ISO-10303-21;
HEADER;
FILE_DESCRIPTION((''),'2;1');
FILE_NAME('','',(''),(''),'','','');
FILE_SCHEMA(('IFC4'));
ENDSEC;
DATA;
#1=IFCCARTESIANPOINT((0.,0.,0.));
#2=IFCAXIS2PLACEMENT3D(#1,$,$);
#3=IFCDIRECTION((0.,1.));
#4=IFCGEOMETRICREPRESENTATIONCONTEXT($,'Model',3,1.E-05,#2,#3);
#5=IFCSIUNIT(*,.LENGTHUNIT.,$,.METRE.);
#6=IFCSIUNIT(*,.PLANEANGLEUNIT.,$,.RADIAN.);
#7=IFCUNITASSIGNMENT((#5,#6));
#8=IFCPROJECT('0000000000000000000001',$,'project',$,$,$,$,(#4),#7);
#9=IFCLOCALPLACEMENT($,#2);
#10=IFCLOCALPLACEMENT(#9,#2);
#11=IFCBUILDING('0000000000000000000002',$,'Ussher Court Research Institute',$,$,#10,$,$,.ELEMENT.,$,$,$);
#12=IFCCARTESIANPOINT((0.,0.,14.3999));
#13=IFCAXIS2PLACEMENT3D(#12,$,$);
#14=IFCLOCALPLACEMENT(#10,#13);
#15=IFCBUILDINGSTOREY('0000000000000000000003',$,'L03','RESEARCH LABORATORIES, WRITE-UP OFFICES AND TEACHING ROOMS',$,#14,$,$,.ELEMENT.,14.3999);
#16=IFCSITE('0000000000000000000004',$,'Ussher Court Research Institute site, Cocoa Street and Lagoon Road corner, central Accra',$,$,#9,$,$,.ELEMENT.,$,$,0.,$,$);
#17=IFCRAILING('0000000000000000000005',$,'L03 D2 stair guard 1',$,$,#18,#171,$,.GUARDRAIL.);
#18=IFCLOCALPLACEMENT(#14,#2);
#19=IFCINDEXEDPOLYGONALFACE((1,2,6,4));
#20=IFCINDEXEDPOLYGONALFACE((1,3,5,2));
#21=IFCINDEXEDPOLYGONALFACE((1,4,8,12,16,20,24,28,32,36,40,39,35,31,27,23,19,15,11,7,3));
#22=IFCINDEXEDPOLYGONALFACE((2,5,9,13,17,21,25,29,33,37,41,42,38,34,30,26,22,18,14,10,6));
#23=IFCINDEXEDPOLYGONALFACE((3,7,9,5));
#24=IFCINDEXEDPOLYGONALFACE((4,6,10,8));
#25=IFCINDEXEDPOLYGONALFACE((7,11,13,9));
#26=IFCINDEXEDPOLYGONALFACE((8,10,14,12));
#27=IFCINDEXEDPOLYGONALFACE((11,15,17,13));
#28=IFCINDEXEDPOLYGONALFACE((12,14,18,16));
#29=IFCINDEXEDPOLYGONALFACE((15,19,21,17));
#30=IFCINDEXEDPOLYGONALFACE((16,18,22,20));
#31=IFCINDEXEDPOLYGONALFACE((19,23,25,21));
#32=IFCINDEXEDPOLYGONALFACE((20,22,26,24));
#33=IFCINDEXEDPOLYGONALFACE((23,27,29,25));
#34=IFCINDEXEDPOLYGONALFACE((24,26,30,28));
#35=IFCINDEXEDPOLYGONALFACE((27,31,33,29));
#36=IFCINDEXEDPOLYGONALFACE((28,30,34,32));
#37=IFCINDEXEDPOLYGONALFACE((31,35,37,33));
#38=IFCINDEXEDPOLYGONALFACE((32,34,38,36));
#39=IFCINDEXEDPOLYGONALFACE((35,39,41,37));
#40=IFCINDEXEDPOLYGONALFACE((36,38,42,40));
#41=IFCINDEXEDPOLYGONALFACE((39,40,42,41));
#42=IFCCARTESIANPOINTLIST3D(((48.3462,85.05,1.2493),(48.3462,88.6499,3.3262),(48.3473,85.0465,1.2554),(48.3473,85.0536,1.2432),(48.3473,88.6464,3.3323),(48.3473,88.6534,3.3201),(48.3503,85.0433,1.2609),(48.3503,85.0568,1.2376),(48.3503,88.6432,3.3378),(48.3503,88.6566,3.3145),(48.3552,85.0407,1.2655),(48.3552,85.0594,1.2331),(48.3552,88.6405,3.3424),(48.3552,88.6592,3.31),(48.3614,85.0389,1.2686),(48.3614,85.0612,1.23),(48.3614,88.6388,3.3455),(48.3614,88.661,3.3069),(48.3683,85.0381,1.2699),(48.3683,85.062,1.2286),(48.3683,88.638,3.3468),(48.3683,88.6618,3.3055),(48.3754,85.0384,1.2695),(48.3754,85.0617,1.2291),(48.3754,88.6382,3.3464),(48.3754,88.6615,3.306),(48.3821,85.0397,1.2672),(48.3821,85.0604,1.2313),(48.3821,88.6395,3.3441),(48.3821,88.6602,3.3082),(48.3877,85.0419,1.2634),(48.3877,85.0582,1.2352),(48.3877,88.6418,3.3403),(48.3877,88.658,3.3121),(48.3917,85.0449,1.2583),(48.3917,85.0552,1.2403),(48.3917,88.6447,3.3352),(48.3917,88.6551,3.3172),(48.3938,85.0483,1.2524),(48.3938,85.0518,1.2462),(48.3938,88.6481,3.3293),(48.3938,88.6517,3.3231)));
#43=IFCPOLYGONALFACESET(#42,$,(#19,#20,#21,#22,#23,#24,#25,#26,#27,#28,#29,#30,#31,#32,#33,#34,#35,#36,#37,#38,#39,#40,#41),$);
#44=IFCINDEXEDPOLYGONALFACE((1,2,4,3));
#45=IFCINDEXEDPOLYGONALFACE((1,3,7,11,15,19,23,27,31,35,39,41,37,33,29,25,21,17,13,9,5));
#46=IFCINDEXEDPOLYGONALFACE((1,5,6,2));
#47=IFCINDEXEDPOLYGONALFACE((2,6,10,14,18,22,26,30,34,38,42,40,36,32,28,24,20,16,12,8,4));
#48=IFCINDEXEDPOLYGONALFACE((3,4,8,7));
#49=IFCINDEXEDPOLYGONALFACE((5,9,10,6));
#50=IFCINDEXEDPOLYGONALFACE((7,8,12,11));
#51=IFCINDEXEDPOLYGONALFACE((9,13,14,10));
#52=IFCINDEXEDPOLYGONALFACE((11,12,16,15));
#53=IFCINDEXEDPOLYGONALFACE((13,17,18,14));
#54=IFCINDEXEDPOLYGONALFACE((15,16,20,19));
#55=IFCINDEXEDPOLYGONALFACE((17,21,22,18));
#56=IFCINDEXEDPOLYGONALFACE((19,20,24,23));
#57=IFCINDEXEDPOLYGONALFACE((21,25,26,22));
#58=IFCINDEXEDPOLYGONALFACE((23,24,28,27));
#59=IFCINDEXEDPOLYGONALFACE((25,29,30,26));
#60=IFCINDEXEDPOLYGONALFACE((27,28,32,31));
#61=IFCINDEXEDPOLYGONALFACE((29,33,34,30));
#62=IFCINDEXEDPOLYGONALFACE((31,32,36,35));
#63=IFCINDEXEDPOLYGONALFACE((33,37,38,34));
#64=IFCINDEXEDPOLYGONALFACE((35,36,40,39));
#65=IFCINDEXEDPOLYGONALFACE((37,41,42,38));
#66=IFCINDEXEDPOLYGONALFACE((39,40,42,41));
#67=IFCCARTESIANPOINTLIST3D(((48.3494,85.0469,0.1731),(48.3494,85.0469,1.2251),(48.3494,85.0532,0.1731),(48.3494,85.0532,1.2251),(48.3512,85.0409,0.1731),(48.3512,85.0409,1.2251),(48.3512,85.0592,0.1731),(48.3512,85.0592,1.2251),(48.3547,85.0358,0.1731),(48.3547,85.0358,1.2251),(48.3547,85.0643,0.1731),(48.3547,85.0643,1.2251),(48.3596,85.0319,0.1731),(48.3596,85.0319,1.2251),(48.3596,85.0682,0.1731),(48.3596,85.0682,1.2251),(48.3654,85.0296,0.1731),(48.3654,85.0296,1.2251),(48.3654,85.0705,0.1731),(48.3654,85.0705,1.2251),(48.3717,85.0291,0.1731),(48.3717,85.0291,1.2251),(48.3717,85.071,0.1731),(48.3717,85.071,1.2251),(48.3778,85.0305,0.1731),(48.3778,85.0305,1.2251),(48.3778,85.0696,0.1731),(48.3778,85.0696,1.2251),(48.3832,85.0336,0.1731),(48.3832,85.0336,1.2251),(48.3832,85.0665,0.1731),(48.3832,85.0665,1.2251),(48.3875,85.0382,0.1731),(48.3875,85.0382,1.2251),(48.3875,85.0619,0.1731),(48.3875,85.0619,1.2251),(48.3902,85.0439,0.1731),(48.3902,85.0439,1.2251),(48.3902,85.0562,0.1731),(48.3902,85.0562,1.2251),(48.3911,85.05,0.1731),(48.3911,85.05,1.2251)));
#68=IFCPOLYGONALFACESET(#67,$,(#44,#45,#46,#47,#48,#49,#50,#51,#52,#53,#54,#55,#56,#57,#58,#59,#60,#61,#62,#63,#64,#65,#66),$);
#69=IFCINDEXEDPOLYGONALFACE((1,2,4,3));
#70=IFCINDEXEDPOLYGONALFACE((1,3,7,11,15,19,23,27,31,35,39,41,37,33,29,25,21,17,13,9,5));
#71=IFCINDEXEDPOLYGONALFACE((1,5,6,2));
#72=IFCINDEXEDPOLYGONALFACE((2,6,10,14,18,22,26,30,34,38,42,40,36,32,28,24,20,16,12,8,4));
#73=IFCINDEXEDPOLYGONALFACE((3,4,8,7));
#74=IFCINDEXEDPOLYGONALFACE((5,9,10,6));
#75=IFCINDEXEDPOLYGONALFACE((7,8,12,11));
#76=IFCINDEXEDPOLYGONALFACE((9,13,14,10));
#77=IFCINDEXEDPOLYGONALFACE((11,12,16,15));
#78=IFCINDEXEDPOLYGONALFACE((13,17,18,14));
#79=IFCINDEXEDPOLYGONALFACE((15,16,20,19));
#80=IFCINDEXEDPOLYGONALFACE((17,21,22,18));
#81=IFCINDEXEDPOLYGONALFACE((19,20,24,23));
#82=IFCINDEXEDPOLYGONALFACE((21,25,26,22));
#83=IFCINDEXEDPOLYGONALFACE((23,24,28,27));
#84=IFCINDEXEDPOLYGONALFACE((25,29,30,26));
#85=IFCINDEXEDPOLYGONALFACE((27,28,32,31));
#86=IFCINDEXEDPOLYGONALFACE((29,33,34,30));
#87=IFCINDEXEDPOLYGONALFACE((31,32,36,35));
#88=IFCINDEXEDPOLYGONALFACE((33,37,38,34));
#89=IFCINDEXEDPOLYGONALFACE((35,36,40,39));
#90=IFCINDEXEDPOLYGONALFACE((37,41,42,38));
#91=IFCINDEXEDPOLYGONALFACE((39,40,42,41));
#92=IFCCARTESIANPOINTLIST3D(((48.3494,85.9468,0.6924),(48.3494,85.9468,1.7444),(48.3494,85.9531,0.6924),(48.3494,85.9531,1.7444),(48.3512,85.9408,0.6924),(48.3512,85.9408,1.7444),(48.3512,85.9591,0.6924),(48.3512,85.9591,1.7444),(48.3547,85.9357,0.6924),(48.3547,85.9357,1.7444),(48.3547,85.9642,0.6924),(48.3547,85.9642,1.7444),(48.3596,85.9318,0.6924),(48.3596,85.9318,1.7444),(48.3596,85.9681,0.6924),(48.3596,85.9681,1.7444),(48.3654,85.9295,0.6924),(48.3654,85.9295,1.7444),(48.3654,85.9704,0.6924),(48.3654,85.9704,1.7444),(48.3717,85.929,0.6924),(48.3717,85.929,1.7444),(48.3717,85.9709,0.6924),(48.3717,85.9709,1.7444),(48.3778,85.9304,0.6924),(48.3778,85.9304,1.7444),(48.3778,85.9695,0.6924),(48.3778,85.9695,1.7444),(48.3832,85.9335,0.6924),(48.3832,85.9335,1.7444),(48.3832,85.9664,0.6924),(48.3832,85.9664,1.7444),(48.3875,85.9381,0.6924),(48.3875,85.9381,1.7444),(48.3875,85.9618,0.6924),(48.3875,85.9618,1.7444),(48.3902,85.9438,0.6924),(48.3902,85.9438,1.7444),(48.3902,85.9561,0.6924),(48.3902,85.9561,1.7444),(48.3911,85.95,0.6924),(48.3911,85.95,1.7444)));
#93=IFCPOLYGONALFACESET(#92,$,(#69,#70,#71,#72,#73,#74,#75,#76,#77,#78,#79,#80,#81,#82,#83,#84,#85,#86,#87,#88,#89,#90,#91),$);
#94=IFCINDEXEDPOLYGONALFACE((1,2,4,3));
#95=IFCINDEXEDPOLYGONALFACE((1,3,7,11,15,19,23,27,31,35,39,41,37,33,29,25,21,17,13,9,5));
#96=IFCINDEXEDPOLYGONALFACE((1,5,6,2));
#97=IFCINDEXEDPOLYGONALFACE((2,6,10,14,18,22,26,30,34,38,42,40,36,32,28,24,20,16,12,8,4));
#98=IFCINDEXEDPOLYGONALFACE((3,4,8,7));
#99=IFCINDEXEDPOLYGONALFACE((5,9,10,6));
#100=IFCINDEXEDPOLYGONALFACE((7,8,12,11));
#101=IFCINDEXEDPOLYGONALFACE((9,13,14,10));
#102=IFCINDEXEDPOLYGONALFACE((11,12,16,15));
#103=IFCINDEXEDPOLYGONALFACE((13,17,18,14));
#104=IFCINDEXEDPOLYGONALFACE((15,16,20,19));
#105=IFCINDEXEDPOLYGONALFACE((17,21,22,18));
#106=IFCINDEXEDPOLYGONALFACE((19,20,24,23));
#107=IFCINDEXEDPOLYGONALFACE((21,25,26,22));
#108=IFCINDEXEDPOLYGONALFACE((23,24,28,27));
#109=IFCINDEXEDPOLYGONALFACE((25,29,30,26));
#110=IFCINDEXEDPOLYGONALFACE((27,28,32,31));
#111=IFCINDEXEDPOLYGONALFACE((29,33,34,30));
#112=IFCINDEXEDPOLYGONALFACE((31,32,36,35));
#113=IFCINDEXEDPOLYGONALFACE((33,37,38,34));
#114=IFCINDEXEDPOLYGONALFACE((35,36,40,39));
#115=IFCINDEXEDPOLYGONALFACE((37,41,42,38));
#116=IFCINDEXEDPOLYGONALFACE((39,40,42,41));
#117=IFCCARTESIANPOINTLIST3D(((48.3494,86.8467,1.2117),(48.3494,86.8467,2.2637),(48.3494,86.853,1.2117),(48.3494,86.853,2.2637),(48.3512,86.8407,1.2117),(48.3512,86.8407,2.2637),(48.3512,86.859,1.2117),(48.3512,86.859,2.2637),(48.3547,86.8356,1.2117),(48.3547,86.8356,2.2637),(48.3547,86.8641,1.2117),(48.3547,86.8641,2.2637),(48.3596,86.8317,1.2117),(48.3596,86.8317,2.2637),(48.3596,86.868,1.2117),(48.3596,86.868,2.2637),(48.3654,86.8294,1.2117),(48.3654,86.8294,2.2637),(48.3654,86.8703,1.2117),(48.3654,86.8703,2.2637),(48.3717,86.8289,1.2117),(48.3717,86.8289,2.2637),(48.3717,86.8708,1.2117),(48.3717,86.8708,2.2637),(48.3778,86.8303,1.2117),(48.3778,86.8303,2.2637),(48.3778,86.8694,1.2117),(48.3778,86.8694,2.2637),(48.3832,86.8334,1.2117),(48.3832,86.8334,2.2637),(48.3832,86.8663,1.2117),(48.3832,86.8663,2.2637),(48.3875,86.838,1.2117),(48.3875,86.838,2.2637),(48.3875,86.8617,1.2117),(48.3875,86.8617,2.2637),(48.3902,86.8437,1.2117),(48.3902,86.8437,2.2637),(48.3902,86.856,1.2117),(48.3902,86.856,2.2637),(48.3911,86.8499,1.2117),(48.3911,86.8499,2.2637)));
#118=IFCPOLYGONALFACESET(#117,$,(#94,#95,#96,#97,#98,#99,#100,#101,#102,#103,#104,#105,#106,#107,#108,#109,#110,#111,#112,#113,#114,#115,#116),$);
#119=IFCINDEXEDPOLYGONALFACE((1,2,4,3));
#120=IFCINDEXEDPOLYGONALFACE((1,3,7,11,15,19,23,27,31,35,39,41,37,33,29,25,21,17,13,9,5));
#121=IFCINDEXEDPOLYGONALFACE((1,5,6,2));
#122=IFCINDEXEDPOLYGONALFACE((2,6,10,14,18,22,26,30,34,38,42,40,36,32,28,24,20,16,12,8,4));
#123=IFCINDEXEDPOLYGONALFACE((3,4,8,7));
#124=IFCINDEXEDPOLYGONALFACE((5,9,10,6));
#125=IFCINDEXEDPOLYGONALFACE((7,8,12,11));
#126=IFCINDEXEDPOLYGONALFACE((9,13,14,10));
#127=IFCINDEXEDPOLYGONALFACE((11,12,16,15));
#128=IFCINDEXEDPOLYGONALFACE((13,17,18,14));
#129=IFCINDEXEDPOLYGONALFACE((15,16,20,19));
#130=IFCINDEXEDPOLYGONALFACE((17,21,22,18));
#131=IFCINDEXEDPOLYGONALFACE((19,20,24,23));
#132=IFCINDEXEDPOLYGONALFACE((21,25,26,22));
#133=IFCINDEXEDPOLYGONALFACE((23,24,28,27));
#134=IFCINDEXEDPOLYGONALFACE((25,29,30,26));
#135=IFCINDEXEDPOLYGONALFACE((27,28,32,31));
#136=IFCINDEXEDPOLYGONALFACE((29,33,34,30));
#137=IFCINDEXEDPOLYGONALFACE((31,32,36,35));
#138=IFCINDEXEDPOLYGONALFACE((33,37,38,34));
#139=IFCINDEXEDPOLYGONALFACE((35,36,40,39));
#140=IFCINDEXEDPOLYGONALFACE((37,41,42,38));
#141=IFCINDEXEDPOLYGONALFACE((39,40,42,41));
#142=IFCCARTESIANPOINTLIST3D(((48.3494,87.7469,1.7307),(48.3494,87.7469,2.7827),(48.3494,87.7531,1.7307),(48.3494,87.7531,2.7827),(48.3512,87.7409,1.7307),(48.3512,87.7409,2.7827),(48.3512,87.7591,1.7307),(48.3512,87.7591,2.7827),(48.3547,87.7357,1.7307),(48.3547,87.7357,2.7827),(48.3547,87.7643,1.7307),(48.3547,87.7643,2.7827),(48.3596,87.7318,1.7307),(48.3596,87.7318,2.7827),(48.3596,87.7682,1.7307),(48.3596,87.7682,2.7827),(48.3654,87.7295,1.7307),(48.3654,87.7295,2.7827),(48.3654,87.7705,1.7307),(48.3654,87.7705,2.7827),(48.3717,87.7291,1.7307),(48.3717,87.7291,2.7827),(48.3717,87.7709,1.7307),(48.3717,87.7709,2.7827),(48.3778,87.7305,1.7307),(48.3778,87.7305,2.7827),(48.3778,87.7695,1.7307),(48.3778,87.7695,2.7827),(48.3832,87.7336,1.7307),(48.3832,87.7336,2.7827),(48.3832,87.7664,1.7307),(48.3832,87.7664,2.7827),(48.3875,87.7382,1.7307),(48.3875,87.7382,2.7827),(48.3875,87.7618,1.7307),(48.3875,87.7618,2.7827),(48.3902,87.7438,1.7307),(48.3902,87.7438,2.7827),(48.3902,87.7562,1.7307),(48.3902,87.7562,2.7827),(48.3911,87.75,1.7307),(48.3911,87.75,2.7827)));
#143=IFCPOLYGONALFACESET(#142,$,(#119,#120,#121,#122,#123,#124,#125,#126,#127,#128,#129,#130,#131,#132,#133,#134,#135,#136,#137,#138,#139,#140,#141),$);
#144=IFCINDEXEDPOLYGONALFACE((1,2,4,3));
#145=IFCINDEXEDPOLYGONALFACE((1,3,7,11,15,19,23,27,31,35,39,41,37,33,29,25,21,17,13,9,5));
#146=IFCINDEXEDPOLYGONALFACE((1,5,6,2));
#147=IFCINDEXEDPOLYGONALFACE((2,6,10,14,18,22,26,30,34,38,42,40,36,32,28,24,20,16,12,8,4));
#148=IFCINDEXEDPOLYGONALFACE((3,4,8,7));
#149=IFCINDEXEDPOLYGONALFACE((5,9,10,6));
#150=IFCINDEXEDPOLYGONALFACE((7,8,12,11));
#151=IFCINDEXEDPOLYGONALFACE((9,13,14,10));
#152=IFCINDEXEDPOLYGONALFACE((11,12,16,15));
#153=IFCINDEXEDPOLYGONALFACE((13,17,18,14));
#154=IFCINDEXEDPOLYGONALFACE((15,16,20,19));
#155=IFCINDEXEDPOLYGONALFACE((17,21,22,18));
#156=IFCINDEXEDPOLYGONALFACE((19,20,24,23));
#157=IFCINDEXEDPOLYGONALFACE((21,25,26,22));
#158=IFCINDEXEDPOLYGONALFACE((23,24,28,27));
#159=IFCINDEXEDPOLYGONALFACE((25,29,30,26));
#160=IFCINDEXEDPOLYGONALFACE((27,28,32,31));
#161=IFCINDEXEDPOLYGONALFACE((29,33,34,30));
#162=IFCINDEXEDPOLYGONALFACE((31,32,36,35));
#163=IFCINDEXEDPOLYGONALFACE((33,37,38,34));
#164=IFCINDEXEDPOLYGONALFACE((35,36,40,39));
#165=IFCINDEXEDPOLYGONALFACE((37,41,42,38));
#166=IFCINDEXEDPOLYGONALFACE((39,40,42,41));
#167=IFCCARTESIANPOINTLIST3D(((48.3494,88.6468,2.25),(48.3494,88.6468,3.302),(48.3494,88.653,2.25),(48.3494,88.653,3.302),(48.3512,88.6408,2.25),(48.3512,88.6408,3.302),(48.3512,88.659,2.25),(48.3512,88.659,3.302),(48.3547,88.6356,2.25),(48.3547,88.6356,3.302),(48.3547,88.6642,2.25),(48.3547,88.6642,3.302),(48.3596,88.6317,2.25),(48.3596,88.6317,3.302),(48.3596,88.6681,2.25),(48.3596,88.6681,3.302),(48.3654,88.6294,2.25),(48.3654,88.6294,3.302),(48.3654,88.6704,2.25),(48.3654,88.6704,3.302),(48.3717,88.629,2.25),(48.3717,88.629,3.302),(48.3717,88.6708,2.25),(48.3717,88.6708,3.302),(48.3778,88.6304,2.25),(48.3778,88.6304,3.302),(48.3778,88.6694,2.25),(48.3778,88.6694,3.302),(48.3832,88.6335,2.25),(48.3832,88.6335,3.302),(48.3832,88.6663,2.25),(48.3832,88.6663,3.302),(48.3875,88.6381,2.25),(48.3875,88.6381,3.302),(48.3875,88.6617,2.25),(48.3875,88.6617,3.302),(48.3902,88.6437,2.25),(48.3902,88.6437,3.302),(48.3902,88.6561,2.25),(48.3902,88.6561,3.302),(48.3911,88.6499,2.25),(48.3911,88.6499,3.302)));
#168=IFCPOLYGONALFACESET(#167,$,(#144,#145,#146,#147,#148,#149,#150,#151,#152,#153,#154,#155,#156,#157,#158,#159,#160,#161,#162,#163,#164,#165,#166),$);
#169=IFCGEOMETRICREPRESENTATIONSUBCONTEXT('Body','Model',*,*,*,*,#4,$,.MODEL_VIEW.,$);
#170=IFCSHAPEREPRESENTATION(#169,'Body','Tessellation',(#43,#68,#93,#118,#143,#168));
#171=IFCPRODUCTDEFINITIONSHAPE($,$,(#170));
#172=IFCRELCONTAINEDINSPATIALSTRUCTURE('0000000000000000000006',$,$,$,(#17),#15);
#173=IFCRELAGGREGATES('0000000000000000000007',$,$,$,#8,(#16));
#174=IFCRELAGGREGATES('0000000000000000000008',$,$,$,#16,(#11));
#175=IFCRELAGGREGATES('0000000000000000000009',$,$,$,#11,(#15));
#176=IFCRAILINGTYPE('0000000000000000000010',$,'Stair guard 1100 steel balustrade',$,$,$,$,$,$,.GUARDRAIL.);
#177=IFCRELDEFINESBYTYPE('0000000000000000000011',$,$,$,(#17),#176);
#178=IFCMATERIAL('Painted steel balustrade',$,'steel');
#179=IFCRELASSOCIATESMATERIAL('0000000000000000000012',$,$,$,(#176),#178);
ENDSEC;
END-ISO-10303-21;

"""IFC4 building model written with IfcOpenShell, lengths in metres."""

from ifc_helpers import new_model, si_unit, direction, frame, origin, origin_2d, place, context, subcontext, project, spatial, circle, extrude, material, type_object, element, save


model = new_model("IFC4")

# Units and contexts
model_context = context("Model", 3, precision=1e-05, world=origin(), true_north=direction((0.0, 1.0)))
body_context = subcontext(model_context, "Body", "Model", "MODEL_VIEW")
ifc_project = project(units=[si_unit("LENGTHUNIT", "METRE"), si_unit("PLANEANGLEUNIT", "RADIAN")], contexts=[model_context])

# Site, building, storey
site_placement = place(None, origin())
site = spatial("IfcSite", under=ifc_project, at=site_placement, Name="Ussher Court Research Institute site, Cocoa Street and Lagoon Road corner, central Accra", CompositionType="ELEMENT", RefElevation=0.0)
building_placement = place(site_placement, origin())
building = spatial("IfcBuilding", under=site, at=building_placement, Name="Ussher Court Research Institute", CompositionType="ELEMENT")
storey_placement = place(building_placement, frame((0.0, 0.0, 14.3999)))
storey = spatial("IfcBuildingStorey", under=building, at=storey_placement, Name="L03", Description="RESEARCH LABORATORIES, WRITE-UP OFFICES AND TEACHING ROOMS", CompositionType="ELEMENT", Elevation=14.3999)

# Railing
ifc_material_1 = material(Name="Painted steel balustrade", Category="steel")
railing_type_1 = type_object("IfcRailingType", Name="Stair guard 1100 steel balustrade", PredefinedType="GUARDRAIL", material=ifc_material_1)
railing_1_placement = place(storey_placement, frame((48.3701, 85.05, 0.1731)))
element("IfcRailing", 1, at=railing_1_placement, inside=storey, type_object=railing_type_1, Name="L03 D2 stair guard 1", PredefinedType="GUARDRAIL", context=body_context, shape_type="SweptSolid", body=[
    extrude(circle(Radius=0.0239, at=origin_2d()), frame((0.0, 0.0, 1.0762), z_axis=(0.0, 0.866179, 0.499734), x_axis=(-1.0, 0.0, 0.0)), (0.0, 0.0, 1.0), 4.156),
    extrude(circle(Radius=0.021, at=origin_2d()), origin(), (0.0, 0.0, 1.0), 1.052),
    extrude(circle(Radius=0.021, at=origin_2d()), frame((0.0, 0.8999, 0.5193)), (0.0, 0.0, 1.0), 1.052),
    extrude(circle(Radius=0.021, at=origin_2d()), frame((0.0, 1.7998, 1.0386)), (0.0, 0.0, 1.0), 1.052),
    extrude(circle(Radius=0.021, at=origin_2d()), frame((0.0, 2.7, 1.5576)), (0.0, 0.0, 1.0), 1.052),
    extrude(circle(Radius=0.021, at=origin_2d()), frame((0.0, 3.5999, 2.0769)), (0.0, 0.0, 1.0), 1.052),
])

save(model, "model.ifc")
